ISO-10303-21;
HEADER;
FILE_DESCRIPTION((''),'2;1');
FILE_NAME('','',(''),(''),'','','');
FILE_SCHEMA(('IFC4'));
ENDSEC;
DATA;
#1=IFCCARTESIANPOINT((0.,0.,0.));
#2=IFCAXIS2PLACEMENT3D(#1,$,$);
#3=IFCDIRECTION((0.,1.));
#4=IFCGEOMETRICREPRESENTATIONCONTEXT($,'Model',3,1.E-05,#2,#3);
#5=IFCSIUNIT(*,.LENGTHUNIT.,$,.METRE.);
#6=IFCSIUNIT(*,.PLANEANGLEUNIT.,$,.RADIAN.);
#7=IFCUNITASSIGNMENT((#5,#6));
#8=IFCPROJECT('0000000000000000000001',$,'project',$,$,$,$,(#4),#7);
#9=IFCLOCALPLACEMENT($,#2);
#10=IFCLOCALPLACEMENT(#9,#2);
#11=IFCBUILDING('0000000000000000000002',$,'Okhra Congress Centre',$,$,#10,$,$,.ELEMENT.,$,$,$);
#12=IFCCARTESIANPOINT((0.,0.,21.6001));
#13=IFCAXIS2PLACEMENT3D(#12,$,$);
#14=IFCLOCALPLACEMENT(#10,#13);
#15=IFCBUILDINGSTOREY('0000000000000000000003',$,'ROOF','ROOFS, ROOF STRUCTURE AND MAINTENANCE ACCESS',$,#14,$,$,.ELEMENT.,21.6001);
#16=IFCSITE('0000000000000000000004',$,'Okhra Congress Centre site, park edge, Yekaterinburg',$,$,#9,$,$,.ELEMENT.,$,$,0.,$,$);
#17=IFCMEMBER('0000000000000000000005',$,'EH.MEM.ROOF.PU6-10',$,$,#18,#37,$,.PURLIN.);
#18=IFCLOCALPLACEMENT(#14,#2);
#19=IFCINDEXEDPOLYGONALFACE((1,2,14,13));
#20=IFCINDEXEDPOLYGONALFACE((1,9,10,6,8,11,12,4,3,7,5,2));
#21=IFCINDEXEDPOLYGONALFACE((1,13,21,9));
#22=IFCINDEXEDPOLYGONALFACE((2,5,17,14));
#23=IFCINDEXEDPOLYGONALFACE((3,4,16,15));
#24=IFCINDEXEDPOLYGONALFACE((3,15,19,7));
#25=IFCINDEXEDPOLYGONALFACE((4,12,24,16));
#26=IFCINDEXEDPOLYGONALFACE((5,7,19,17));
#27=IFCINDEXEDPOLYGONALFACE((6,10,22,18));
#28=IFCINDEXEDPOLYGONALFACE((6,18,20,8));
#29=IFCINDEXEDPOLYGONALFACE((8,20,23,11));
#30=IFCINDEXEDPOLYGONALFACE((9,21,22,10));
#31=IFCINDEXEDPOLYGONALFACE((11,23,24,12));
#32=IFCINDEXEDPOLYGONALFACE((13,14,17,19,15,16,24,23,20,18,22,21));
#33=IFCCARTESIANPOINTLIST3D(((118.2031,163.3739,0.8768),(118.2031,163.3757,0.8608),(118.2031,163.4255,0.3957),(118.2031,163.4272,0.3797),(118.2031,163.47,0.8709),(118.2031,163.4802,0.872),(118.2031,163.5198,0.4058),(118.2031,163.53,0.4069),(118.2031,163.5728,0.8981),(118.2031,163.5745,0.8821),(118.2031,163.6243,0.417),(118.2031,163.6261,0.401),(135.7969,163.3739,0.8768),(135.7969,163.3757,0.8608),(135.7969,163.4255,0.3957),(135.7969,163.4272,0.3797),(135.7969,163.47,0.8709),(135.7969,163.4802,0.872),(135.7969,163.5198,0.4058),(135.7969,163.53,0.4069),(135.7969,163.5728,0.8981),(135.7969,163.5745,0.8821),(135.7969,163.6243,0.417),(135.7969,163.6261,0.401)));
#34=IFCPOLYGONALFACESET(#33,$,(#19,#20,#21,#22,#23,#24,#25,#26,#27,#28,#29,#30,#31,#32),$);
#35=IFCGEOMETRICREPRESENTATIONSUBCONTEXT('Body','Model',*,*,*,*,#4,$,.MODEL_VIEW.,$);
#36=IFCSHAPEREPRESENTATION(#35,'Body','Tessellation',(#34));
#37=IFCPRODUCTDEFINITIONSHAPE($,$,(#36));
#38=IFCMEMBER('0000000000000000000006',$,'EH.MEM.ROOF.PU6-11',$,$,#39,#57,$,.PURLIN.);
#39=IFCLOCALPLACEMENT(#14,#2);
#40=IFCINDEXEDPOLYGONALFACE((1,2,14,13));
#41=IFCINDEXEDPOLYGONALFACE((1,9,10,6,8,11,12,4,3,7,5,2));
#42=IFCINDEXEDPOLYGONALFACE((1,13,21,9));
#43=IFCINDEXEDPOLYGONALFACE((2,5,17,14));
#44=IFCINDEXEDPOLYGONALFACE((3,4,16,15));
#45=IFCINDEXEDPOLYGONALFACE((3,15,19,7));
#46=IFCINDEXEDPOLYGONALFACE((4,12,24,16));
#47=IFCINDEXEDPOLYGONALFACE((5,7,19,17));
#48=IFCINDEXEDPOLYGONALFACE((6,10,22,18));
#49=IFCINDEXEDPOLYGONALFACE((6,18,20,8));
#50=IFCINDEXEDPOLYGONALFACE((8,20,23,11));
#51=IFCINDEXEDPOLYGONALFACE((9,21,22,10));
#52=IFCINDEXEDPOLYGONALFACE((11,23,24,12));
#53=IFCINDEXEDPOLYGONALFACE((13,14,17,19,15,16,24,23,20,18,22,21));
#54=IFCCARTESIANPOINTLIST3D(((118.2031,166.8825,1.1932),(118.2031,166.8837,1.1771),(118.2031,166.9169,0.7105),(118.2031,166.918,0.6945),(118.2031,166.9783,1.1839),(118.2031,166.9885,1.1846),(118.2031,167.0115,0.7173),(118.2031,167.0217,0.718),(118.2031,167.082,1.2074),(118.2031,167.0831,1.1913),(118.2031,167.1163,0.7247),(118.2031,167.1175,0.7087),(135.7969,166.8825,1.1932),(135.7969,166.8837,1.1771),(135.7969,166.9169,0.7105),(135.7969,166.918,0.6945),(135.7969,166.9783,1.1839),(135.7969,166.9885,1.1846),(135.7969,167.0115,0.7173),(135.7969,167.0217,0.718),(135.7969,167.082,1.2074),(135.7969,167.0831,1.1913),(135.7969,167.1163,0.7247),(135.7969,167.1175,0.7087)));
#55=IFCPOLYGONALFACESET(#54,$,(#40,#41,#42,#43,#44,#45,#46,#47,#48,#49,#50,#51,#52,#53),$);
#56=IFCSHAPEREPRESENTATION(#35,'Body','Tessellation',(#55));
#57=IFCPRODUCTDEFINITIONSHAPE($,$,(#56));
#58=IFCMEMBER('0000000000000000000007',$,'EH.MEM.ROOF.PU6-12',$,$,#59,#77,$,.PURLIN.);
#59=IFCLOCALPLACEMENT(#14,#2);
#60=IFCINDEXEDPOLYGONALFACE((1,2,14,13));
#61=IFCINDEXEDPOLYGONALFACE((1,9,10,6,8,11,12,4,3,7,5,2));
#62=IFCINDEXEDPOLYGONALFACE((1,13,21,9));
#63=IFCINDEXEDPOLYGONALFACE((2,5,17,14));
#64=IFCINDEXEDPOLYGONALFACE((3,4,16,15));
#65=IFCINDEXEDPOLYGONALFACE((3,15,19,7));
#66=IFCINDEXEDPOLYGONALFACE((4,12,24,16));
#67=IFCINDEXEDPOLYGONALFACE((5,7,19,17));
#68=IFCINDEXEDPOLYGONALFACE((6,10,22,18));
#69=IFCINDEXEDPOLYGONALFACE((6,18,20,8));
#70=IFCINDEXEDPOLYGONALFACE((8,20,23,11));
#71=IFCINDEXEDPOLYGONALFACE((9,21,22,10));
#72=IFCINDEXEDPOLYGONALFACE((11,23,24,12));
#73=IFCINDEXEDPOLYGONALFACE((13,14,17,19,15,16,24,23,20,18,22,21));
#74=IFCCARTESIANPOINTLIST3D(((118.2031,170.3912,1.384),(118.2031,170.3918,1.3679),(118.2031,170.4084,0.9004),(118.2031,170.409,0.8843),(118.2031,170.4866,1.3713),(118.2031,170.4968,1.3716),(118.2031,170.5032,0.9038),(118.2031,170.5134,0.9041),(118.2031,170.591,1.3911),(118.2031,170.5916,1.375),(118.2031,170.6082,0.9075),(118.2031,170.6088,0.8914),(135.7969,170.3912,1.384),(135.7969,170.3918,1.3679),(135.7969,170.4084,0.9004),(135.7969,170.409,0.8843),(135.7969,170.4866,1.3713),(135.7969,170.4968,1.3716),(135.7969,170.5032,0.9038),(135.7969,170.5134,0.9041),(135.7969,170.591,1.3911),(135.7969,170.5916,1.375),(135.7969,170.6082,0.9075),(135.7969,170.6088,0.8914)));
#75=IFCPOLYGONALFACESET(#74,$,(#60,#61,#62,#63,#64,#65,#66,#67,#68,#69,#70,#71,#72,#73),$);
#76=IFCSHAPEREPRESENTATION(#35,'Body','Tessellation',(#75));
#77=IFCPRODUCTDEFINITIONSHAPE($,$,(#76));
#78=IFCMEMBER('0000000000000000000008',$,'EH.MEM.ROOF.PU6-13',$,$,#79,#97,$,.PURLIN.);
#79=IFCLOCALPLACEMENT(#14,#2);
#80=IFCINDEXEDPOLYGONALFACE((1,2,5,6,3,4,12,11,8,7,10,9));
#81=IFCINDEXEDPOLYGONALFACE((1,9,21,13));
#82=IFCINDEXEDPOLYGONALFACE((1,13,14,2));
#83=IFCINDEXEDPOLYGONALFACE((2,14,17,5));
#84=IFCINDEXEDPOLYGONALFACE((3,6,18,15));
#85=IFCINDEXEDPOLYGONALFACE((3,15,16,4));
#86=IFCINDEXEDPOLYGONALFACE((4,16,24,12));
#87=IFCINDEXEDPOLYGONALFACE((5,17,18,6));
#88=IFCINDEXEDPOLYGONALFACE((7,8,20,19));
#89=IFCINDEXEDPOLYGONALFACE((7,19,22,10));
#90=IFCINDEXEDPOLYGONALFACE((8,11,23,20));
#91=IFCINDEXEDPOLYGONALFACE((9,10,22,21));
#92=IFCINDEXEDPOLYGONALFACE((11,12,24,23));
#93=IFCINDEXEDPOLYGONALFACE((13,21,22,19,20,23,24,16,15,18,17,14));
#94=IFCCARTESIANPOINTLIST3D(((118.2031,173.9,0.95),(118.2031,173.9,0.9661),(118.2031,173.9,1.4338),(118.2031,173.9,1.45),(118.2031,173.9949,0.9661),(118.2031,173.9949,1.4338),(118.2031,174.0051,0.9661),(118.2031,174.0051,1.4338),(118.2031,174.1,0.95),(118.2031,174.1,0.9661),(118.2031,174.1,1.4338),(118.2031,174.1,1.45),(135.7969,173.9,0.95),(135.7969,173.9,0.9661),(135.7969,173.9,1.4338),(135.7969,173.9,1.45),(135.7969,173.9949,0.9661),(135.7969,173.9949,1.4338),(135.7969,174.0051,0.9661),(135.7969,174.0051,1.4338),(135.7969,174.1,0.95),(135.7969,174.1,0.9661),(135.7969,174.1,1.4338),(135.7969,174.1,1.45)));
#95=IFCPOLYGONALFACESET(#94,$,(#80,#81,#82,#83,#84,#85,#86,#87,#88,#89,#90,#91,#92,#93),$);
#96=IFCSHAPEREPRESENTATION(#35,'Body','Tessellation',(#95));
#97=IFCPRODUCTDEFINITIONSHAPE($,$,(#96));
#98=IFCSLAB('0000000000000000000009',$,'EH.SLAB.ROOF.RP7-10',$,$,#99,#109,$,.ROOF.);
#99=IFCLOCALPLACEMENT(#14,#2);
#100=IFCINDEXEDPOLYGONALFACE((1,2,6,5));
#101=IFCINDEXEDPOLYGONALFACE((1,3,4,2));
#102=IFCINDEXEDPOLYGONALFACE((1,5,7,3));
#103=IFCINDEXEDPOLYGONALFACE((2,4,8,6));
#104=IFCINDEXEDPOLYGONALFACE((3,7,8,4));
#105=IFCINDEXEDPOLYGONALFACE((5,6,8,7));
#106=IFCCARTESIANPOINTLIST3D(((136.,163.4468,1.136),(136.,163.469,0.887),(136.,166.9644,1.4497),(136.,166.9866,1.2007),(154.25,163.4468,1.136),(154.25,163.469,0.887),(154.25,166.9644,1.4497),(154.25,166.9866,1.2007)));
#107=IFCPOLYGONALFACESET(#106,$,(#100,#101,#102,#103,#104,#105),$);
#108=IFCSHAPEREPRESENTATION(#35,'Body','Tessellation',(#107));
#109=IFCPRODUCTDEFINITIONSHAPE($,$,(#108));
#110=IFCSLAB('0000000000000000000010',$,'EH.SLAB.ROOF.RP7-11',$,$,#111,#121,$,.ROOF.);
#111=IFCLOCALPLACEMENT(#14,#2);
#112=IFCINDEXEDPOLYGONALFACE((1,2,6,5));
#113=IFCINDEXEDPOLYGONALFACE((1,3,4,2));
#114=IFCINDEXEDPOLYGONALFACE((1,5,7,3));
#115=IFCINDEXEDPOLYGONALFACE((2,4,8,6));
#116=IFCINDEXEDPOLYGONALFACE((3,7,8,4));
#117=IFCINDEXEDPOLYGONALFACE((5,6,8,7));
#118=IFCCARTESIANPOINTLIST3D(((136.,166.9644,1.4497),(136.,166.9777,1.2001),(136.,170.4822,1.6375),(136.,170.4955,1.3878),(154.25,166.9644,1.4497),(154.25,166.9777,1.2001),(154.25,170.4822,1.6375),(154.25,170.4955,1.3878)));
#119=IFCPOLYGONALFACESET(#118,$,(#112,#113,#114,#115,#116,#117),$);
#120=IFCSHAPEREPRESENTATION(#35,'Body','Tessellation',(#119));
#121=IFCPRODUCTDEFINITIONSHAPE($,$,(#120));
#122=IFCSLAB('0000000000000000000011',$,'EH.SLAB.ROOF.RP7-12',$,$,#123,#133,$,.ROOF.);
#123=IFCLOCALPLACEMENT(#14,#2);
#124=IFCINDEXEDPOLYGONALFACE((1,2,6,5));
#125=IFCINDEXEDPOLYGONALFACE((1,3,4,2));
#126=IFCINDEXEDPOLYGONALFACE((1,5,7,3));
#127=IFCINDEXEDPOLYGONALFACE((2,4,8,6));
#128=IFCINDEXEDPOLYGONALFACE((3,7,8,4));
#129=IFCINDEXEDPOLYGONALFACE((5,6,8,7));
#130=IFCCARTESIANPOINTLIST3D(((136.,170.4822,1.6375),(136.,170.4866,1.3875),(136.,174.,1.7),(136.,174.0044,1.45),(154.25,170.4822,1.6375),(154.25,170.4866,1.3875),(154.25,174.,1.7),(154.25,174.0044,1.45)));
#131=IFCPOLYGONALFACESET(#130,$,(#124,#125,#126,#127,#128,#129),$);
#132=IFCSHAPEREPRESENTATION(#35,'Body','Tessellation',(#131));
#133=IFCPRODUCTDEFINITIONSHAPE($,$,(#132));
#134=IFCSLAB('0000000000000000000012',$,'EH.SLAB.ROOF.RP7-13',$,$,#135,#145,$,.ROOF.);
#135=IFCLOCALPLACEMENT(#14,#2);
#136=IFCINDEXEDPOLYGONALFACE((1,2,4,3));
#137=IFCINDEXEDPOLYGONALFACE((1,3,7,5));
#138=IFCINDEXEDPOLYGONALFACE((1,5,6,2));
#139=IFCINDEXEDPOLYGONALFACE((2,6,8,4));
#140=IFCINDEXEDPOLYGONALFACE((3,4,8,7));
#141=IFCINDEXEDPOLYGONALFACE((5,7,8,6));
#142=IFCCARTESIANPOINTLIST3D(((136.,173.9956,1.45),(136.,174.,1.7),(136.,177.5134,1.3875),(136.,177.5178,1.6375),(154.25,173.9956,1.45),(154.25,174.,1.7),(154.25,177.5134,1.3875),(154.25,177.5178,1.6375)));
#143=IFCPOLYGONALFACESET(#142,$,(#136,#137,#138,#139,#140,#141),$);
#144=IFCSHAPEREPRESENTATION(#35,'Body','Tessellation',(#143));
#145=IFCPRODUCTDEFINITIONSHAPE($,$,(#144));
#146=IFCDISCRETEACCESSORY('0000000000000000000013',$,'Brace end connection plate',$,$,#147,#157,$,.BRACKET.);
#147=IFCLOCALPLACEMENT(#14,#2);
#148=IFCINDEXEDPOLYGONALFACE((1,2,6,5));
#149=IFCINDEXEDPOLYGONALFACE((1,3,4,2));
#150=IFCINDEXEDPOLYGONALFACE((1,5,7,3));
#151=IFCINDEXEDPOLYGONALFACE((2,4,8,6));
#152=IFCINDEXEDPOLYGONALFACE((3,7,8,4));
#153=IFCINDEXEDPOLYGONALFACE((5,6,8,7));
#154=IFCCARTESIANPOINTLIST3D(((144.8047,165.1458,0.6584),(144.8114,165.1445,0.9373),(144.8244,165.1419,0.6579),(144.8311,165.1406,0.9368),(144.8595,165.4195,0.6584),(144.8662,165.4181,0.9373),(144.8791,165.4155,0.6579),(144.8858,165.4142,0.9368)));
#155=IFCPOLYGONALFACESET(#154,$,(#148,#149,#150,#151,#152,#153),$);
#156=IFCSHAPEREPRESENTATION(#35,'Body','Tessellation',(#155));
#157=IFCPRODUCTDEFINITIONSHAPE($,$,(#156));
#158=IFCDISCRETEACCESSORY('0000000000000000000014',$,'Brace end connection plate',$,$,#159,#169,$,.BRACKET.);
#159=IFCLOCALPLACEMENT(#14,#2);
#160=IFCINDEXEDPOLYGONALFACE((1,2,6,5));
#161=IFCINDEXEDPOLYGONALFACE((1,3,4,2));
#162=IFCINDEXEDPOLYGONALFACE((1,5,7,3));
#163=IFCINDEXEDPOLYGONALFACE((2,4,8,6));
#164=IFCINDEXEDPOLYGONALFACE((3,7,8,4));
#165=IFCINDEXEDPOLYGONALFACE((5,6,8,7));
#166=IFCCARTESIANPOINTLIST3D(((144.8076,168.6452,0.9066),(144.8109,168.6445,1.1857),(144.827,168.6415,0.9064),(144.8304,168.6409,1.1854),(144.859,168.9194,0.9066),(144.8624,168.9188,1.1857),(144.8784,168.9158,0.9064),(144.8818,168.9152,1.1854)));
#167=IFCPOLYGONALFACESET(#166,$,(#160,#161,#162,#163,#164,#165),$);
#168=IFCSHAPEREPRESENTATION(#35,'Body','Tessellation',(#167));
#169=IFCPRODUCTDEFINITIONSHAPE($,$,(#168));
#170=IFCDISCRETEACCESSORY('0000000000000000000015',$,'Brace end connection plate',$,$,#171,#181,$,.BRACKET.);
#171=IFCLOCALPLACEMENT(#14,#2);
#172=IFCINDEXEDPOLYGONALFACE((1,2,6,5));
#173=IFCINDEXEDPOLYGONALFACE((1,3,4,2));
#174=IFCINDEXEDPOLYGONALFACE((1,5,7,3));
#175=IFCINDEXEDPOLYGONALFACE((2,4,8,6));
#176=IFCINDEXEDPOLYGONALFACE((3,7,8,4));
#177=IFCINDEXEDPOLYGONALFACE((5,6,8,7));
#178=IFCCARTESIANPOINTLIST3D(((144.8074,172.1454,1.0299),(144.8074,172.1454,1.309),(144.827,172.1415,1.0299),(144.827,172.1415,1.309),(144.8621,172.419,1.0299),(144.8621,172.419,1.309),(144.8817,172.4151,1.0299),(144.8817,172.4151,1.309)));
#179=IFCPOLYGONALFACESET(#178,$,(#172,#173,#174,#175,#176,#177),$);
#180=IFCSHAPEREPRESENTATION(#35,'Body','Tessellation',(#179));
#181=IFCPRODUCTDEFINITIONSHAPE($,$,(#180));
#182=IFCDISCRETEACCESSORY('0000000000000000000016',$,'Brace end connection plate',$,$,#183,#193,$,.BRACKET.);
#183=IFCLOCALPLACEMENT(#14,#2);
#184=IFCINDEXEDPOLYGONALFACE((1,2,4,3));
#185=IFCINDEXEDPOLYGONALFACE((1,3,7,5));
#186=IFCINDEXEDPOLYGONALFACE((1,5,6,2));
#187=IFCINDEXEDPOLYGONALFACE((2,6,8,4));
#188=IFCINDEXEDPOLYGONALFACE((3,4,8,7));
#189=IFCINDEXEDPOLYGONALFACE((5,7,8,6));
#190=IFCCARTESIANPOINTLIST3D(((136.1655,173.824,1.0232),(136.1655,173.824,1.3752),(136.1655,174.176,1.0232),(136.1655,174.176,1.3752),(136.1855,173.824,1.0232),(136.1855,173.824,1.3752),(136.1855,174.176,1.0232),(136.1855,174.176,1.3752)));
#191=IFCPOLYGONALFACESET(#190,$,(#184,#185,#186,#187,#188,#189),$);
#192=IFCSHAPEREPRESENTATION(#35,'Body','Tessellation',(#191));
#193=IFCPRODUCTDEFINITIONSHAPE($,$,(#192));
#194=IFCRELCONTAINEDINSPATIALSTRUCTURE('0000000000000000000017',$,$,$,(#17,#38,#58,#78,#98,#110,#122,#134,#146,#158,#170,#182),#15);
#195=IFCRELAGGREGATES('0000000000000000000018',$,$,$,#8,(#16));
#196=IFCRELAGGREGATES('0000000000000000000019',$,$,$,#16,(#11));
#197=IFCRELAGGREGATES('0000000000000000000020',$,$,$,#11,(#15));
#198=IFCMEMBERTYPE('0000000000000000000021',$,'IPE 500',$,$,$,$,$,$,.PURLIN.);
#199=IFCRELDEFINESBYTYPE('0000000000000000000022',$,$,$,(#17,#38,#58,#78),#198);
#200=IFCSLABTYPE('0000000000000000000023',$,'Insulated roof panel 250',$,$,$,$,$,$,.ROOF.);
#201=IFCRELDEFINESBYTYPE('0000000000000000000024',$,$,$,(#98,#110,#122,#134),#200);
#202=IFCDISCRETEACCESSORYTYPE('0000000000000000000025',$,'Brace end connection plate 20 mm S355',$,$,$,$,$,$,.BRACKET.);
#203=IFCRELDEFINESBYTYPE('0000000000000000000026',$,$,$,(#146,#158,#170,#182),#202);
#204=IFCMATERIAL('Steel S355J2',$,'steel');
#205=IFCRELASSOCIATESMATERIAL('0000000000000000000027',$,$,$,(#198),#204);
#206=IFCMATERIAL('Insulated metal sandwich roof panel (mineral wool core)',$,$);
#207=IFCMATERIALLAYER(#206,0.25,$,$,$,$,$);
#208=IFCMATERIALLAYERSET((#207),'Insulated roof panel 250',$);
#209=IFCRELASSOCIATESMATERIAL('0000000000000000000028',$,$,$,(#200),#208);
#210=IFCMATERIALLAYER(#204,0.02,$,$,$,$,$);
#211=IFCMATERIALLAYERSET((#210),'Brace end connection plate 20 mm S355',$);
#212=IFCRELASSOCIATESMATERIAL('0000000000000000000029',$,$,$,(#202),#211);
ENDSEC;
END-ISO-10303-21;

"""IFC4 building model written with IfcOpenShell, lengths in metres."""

from ifc_helpers import new_model, si_unit, direction, frame, origin, origin_2d, place, context, subcontext, project, spatial, polyline, rectangle, i_section, outline, extrude, material, layer, layer_set, material_profile, profile_set, type_object, element, save


model = new_model("IFC4")

# Units and contexts
model_context = context("Model", 3, precision=1e-05, world=origin(), true_north=direction((0.0, 1.0)))
body_context = subcontext(model_context, "Body", "Model", "MODEL_VIEW")
ifc_project = project(units=[si_unit("LENGTHUNIT", "METRE"), si_unit("PLANEANGLEUNIT", "RADIAN")], contexts=[model_context])

# Site, building, storey
site_placement = place(None, origin())
site = spatial("IfcSite", under=ifc_project, at=site_placement, Name="Okhra Congress Centre site, park edge, Yekaterinburg", CompositionType="ELEMENT", RefElevation=0.0)
building_placement = place(site_placement, origin())
building = spatial("IfcBuilding", under=site, at=building_placement, Name="Okhra Congress Centre", CompositionType="ELEMENT")
storey_placement = place(building_placement, frame((0.0, 0.0, 21.6001)))
storey = spatial("IfcBuildingStorey", under=building, at=storey_placement, Name="ROOF", Description="ROOFS, ROOF STRUCTURE AND MAINTENANCE ACCESS", CompositionType="ELEMENT", Elevation=21.6001)

# Members
ifc_material_1 = material(Name="Steel S355J2", Category="steel")
ifc_material_profile_1 = material_profile(ifc_material_1, i_section(OverallWidth=0.2, OverallDepth=0.5, WebThickness=0.0103, FlangeThickness=0.0161, at=origin_2d()), Name="IPE 500")
ifc_profile_set_1 = profile_set([ifc_material_profile_1], Name="Steel S355J2")
member_type_1 = type_object("IfcMemberType", Name="IPE 500", PredefinedType="PURLIN", material=ifc_profile_set_1)
for number, where, z_axis, x_axis, name in (
    (1, (118.2031, 163.5, 0.6389), (1.0, 0.0, 0.0), (0.0, 0.994302, 0.106601), "EH.MEM.ROOF.PU6-10"),
    (2, (118.2031, 167.0, 0.9509), (1.0, 0.0, 0.0), (0.0, 0.997472, 0.071067), "EH.MEM.ROOF.PU6-11"),
    (3, (118.2031, 170.5, 1.1377), (1.0, 0.0, 0.0), (0.0, 0.999368, 0.035533), "EH.MEM.ROOF.PU6-12"),
    (4, (118.2031, 174.0, 1.2), (1.0, 0.0, 0.0), (0.0, 1.0, 0.0), "EH.MEM.ROOF.PU6-13"),
):
    element("IfcMember", number, at=place(storey_placement, frame(where, z_axis=z_axis, x_axis=x_axis)), inside=storey, type_object=member_type_1, Name=name, PredefinedType="PURLIN", context=body_context, shape_type="SweptSolid", body=[
        extrude(i_section(OverallWidth=0.2, OverallDepth=0.5, WebThickness=0.0103, FlangeThickness=0.0161, at=origin_2d()), origin(), (0.0, 0.0, 1.0), 17.5938),
    ])

# Slabs
ifc_material_2 = material(Name="Insulated metal sandwich roof panel (mineral wool core)")
ifc_layer_1 = layer(ifc_material_2, 0.25)
ifc_layer_set_1 = layer_set([ifc_layer_1], Name="Insulated roof panel 250")
slab_type = type_object("IfcSlabType", Name="Insulated roof panel 250", PredefinedType="ROOF", material=ifc_layer_set_1)
slab_1_placement = place(storey_placement, frame((136.0, 163.4468, 1.136), z_axis=(0.0, -0.088834, 0.996046), x_axis=(1.0, 0.0, 0.0)))
element("IfcSlab", 5, at=slab_1_placement, inside=storey, type_object=slab_type, Name="EH.SLAB.ROOF.RP7-10", PredefinedType="ROOF", context=body_context, shape_type="SweptSolid", body=[
    extrude(outline(polyline([(0.0, 0.0), (18.25, 0.0), (18.25, 3.5315), (0.0, 3.5315), (0.0, 0.0)])), origin(), (0.0, 0.0, -1.0), 0.25),
])
slab_2_placement = place(storey_placement, frame((136.0, 166.9644, 1.4497), z_axis=(0.0, -0.053294, 0.998579), x_axis=(1.0, 0.0, 0.0)))
element("IfcSlab", 6, at=slab_2_placement, inside=storey, type_object=slab_type, Name="EH.SLAB.ROOF.RP7-11", PredefinedType="ROOF", context=body_context, shape_type="SweptSolid", body=[
    extrude(outline(polyline([(0.0, 0.0), (18.25, 0.0), (18.25, 3.5228), (0.0, 3.5228), (0.0, 0.0)])), origin(), (0.0, 0.0, -1.0), 0.25),
])
for number, where, z_axis, x_axis, name in (
    (7, (136.0, 170.4822, 1.6375), (0.0, -0.017764, 0.999842), (1.0, 0.0, 0.0), "EH.SLAB.ROOF.RP7-12"),
    (8, (136.0, 174.0, 1.7), (0.0, 0.017764, 0.999842), (1.0, 0.0, 0.0), "EH.SLAB.ROOF.RP7-13"),
):
    element("IfcSlab", number, at=place(storey_placement, frame(where, z_axis=z_axis, x_axis=x_axis)), inside=storey, type_object=slab_type, Name=name, PredefinedType="ROOF", context=body_context, shape_type="SweptSolid", body=[
        extrude(outline(polyline([(0.0, 0.0), (18.25, 0.0), (18.25, 3.5184), (0.0, 3.5184), (0.0, 0.0)])), origin(), (0.0, 0.0, -1.0), 0.25),
    ])

# Discrete accessories
ifc_layer_2 = layer(ifc_material_1, 0.02)
ifc_layer_set_2 = layer_set([ifc_layer_2], Name="Brace end connection plate 20 mm S355")
discrete_accessory_type_1 = type_object("IfcDiscreteAccessoryType", Name="Brace end connection plate 20 mm S355", PredefinedType="BRACKET", material=ifc_layer_set_2)
discrete_accessory_1_placement = place(storey_placement, frame((144.8354, 165.282, 0.7979), z_axis=(0.980286, -0.196057, -0.024507), x_axis=(0.196116, 0.980581, 0.0)))
element("IfcDiscreteAccessory", 9, at=discrete_accessory_1_placement, inside=storey, type_object=discrete_accessory_type_1, Name="Brace end connection plate", PredefinedType="BRACKET", context=body_context, shape_type="SweptSolid", body=[
    extrude(rectangle(XDim=0.2791, YDim=0.2791, at=origin_2d()), origin(), (0.0, 0.0, 1.0), 0.02),
])
discrete_accessory_2_placement = place(storey_placement, frame((144.835, 168.782, 1.0461), z_axis=(0.982798, -0.184275, -0.012285), x_axis=(0.184289, 0.982872, 0.0)))
element("IfcDiscreteAccessory", 10, at=discrete_accessory_2_placement, inside=storey, type_object=discrete_accessory_type_1, Name="Brace end connection plate", PredefinedType="BRACKET", context=body_context, shape_type="SweptSolid", body=[
    extrude(rectangle(XDim=0.2791, YDim=0.2791, at=origin_2d()), origin(), (0.0, 0.0, 1.0), 0.0198),
])
discrete_accessory_3_placement = place(storey_placement, frame((144.8347, 172.2822, 1.1694), z_axis=(0.980581, -0.196116, 0.0), x_axis=(0.196116, 0.980581, 0.0)))
element("IfcDiscreteAccessory", 11, at=discrete_accessory_3_placement, inside=storey, type_object=discrete_accessory_type_1, Name="Brace end connection plate", PredefinedType="BRACKET", context=body_context, shape_type="SweptSolid", body=[
    extrude(rectangle(XDim=0.2791, YDim=0.2791, at=origin_2d()), origin(), (0.0, 0.0, 1.0), 0.02),
])
discrete_accessory_4_placement = place(storey_placement, frame((136.1855, 174.0, 1.1992), z_axis=(-1.0, 0.0, 0.0), x_axis=(0.0, -1.0, 0.0)))
element("IfcDiscreteAccessory", 12, at=discrete_accessory_4_placement, inside=storey, type_object=discrete_accessory_type_1, Name="Brace end connection plate", PredefinedType="BRACKET", context=body_context, shape_type="SweptSolid", body=[
    extrude(rectangle(XDim=0.3521, YDim=0.3521, at=origin_2d()), origin(), (0.0, 0.0, 1.0), 0.02),
])

save(model, "model.ifc")
